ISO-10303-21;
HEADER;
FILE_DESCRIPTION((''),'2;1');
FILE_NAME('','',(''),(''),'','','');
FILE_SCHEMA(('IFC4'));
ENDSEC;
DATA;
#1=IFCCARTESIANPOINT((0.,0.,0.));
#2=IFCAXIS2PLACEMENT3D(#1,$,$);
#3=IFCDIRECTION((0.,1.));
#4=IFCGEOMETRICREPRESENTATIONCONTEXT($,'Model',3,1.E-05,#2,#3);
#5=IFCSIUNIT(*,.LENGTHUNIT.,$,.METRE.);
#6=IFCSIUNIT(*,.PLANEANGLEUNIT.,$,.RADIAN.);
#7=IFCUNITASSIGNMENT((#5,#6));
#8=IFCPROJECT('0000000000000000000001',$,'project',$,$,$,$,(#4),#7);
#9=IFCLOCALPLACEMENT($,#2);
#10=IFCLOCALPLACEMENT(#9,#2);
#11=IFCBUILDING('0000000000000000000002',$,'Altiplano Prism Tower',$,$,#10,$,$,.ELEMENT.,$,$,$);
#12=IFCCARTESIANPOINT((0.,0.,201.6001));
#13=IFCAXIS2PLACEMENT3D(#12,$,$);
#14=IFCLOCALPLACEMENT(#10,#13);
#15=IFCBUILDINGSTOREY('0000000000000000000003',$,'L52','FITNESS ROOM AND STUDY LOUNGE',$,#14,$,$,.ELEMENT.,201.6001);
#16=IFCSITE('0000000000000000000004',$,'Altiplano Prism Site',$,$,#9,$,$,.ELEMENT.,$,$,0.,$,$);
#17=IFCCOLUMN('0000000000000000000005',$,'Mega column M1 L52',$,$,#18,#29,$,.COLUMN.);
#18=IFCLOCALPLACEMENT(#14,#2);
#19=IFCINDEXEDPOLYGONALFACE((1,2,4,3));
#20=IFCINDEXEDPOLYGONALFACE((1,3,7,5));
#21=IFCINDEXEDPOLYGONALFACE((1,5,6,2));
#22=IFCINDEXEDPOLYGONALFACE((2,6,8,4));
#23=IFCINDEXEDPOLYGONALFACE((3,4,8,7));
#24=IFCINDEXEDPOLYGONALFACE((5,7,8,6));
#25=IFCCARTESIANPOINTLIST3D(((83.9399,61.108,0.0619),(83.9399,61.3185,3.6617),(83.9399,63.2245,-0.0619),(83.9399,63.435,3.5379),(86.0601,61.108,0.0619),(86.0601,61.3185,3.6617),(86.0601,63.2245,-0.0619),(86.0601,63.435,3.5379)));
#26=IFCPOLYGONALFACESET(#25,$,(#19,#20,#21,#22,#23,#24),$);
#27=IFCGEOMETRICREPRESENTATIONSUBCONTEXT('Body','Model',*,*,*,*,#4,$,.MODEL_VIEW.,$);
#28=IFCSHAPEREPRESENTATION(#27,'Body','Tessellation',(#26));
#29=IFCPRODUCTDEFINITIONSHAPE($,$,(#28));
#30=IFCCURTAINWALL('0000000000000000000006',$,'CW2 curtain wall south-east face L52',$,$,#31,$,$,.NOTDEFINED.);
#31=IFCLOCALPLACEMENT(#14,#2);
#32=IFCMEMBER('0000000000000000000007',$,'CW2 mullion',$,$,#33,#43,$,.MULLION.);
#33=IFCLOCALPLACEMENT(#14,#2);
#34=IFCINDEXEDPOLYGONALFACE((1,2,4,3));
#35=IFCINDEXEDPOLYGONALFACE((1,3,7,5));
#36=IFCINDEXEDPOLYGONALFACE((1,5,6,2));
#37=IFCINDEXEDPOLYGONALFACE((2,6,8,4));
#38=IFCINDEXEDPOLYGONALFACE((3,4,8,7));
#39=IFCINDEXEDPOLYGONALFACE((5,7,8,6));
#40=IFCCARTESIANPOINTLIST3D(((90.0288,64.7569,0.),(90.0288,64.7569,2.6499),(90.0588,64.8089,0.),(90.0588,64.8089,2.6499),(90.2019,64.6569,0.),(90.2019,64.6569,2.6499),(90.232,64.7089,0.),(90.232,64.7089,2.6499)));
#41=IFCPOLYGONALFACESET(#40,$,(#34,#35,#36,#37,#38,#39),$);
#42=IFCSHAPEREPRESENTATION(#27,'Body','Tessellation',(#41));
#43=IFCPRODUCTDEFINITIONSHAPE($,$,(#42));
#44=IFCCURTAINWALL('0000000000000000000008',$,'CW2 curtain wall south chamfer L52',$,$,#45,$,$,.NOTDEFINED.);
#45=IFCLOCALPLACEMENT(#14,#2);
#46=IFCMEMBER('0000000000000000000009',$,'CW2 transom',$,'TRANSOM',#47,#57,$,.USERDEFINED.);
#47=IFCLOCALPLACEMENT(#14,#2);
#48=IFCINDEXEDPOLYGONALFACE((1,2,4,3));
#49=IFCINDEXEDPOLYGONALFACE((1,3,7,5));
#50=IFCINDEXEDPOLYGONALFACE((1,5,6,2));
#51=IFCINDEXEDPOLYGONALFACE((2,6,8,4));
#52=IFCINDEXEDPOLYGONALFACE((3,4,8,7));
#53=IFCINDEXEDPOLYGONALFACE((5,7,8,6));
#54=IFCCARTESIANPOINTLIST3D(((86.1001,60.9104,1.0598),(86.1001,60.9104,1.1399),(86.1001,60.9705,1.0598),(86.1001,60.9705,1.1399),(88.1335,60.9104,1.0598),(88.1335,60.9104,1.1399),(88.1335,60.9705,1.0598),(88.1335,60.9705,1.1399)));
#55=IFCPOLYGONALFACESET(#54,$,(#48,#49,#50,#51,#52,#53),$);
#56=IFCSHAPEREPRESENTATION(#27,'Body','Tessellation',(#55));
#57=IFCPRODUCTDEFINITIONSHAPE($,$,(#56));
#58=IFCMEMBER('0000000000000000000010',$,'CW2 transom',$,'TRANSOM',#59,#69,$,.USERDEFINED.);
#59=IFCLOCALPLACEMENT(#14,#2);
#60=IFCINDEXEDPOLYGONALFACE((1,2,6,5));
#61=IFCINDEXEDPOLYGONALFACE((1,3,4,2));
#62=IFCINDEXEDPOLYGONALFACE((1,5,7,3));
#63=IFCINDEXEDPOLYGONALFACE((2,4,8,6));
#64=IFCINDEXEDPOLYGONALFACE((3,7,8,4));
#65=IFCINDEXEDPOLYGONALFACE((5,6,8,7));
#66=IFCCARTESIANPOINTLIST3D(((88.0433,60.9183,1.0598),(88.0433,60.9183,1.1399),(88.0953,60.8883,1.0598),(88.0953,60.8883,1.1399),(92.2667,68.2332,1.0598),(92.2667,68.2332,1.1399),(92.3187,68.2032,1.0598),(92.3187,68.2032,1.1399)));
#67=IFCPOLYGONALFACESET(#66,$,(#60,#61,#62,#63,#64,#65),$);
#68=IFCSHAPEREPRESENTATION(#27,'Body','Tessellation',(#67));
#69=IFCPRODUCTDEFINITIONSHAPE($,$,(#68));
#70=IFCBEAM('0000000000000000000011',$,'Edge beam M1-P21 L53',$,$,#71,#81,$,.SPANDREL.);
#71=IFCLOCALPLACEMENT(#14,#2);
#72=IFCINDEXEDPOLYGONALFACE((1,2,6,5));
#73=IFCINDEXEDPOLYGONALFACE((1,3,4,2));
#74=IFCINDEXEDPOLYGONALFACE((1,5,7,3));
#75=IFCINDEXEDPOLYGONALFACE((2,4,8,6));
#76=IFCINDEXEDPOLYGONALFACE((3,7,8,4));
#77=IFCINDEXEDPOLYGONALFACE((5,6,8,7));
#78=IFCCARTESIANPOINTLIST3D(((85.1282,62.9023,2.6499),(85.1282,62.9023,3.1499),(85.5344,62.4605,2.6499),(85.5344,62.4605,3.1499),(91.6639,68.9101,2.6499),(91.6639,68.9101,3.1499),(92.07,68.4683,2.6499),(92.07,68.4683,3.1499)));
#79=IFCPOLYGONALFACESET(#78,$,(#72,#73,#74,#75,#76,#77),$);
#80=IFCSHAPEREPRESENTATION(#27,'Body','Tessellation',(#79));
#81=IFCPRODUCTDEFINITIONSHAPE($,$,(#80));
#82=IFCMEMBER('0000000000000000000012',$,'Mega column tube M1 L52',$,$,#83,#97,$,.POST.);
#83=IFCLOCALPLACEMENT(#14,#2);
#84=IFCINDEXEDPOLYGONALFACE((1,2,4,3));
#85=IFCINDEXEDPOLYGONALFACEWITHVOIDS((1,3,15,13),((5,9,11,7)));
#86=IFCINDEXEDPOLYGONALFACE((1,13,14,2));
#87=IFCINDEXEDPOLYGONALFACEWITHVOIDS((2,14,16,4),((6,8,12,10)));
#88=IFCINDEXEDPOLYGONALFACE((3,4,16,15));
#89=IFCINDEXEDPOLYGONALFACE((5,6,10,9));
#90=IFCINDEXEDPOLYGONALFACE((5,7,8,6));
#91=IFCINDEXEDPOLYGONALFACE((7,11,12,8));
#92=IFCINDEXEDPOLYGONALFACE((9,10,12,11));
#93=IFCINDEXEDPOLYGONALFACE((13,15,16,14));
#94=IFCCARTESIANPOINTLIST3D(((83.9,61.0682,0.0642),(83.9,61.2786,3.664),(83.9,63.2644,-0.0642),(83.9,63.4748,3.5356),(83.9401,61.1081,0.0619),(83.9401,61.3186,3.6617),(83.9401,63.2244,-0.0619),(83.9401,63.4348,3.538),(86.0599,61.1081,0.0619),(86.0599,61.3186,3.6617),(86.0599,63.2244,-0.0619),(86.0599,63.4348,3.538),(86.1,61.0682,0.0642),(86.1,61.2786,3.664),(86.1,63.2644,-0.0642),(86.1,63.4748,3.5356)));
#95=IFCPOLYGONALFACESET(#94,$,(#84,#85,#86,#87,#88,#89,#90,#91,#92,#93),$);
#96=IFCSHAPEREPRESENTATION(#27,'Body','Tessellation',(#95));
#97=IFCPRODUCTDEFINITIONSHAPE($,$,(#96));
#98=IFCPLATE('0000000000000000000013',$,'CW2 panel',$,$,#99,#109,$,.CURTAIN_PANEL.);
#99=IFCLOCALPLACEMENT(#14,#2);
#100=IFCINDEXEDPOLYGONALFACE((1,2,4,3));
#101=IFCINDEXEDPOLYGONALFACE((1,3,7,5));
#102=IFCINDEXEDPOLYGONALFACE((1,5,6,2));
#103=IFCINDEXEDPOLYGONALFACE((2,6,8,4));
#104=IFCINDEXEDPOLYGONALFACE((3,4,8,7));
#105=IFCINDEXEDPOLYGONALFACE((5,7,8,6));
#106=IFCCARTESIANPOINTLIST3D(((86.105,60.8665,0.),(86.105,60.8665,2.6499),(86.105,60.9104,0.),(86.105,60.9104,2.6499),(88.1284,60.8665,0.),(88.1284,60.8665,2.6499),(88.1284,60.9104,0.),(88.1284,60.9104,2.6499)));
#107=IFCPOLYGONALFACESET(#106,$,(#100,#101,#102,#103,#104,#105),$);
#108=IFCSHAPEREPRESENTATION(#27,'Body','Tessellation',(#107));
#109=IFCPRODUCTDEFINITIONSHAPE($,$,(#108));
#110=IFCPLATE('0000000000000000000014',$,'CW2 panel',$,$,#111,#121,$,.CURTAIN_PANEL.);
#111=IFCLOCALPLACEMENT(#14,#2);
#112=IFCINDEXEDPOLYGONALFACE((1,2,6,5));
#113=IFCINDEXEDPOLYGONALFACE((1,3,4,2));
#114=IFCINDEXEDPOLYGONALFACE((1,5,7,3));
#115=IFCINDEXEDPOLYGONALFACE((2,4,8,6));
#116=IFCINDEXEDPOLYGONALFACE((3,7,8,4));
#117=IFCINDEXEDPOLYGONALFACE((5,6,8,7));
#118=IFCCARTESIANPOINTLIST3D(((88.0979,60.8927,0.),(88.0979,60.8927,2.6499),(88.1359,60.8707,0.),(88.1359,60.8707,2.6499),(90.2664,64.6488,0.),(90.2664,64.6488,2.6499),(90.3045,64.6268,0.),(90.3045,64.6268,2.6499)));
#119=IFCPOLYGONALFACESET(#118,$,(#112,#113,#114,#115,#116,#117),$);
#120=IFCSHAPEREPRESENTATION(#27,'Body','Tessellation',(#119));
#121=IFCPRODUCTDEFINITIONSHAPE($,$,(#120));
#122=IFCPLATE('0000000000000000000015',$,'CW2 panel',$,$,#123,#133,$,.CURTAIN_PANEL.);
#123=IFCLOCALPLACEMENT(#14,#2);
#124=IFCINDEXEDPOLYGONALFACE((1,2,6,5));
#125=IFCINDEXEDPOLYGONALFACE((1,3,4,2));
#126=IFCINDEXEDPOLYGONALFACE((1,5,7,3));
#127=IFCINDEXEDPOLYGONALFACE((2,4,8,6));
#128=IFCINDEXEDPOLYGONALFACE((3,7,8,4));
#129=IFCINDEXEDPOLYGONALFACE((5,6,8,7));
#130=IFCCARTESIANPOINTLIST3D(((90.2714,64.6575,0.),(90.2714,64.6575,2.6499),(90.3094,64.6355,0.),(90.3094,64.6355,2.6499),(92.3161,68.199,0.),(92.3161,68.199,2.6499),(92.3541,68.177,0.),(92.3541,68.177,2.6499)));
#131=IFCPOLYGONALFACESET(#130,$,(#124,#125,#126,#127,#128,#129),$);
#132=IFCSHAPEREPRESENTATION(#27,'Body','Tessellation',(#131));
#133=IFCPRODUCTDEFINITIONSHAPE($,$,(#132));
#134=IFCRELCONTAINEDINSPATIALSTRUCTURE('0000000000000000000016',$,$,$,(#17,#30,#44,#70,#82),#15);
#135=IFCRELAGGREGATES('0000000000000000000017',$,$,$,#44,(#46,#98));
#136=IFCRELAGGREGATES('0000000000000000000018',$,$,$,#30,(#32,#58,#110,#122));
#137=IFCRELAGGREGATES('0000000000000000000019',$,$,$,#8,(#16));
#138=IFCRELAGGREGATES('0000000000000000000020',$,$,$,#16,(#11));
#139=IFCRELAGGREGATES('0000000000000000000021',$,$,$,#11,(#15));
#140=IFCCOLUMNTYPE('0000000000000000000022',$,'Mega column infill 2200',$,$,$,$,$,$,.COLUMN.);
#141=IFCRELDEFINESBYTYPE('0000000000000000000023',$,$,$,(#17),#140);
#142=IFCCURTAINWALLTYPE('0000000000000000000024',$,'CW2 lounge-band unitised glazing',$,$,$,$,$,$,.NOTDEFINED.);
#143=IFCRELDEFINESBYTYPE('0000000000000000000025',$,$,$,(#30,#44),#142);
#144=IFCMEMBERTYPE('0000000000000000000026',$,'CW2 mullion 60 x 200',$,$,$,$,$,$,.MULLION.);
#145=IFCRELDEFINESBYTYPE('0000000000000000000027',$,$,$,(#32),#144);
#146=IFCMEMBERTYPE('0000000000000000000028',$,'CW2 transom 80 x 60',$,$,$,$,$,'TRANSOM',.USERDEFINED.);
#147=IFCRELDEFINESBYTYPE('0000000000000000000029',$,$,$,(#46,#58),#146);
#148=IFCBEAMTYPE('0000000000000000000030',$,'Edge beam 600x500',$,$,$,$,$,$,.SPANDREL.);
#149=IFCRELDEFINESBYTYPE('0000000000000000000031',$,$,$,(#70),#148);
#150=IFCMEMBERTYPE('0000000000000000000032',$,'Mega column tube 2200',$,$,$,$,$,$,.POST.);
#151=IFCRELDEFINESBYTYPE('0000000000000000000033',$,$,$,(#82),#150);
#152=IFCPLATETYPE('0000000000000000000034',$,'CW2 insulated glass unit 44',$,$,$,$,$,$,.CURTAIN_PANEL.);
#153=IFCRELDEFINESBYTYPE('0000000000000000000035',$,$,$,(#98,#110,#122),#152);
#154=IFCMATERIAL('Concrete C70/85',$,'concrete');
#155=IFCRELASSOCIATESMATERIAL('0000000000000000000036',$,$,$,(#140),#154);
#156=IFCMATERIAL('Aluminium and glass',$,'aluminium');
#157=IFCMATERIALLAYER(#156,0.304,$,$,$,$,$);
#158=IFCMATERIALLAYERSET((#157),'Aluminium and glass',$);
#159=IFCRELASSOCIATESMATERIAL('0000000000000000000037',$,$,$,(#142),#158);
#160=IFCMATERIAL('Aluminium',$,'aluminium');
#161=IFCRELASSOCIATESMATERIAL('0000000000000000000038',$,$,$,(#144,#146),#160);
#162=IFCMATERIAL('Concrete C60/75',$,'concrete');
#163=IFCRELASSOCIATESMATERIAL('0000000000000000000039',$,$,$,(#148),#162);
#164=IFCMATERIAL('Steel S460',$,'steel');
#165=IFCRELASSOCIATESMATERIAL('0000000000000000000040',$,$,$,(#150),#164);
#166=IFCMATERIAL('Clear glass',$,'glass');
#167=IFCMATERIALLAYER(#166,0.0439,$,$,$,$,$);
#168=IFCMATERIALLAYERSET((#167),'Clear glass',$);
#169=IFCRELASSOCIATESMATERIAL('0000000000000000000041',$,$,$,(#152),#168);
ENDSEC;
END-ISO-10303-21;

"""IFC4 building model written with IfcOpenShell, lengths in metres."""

from ifc_helpers import new_model, si_unit, direction, frame, origin, origin_2d, place, context, subcontext, project, spatial, rectangle, hollow_rectangle, extrude, material, layer, layer_set, material_profile, profile_set, type_object, element, aggregate, save


model = new_model("IFC4")

# Units and contexts
model_context = context("Model", 3, precision=1e-05, world=origin(), true_north=direction((0.0, 1.0)))
body_context = subcontext(model_context, "Body", "Model", "MODEL_VIEW")
ifc_project = project(units=[si_unit("LENGTHUNIT", "METRE"), si_unit("PLANEANGLEUNIT", "RADIAN")], contexts=[model_context])

# Site, building, storey
site_placement = place(None, origin())
site = spatial("IfcSite", under=ifc_project, at=site_placement, Name="Altiplano Prism Site", CompositionType="ELEMENT", RefElevation=0.0)
building_placement = place(site_placement, origin())
building = spatial("IfcBuilding", under=site, at=building_placement, Name="Altiplano Prism Tower", CompositionType="ELEMENT")
storey_placement = place(building_placement, frame((0.0, 0.0, 201.6001)))
storey = spatial("IfcBuildingStorey", under=building, at=storey_placement, Name="L52", Description="FITNESS ROOM AND STUDY LOUNGE", CompositionType="ELEMENT", Elevation=201.6001)

# Column
ifc_material_1 = material(Name="Concrete C70/85", Category="concrete")
ifc_material_profile_1 = material_profile(ifc_material_1, rectangle(XDim=2.1201, YDim=2.1201, at=origin_2d()), Name="Mega column infill 2200")
ifc_profile_set_1 = profile_set([ifc_material_profile_1], Name="Concrete C70/85")
column_type = type_object("IfcColumnType", Name="Mega column infill 2200", PredefinedType="COLUMN", material=ifc_profile_set_1)
column_placement = place(storey_placement, frame((85.0, 62.1663, 0.0), z_axis=(0.0, 0.058361, 0.998296), x_axis=(-1.0, 0.0, 0.0)))
element("IfcColumn", 1, at=column_placement, inside=storey, type_object=column_type, Name="Mega column M1 L52", PredefinedType="COLUMN", context=body_context, shape_type="SweptSolid", body=[
    extrude(rectangle(XDim=2.1201, YDim=2.1201, at=origin_2d()), origin(), (0.0, 0.0, 1.0), 3.606),
])

# Curtain walls, members
ifc_material_2 = material(Name="Aluminium and glass", Category="aluminium")
ifc_layer_1 = layer(ifc_material_2, 0.304)
ifc_layer_set_1 = layer_set([ifc_layer_1], Name="Aluminium and glass")
curtain_wall_type = type_object("IfcCurtainWallType", Name="CW2 lounge-band unitised glazing", PredefinedType="NOTDEFINED", material=ifc_layer_set_1)
curtain_wall_1_placement = place(storey_placement, origin())
curtain_wall_1 = element("IfcCurtainWall", 2, at=curtain_wall_1_placement, inside=storey, type_object=curtain_wall_type, Name="CW2 curtain wall south-east face L52", PredefinedType="NOTDEFINED")
ifc_material_3 = material(Name="Aluminium", Category="aluminium")
ifc_material_profile_2 = material_profile(ifc_material_3, rectangle(XDim=0.2, YDim=0.0601, at=origin_2d()), Name="CW2 mullion 60 x 200")
ifc_profile_set_2 = profile_set([ifc_material_profile_2], Name="Aluminium")
member_type_1 = type_object("IfcMemberType", Name="CW2 mullion 60 x 200", PredefinedType="MULLION", material=ifc_profile_set_2)
member_1_placement = place(storey_placement, frame((90.1304, 64.7329, 0.0), z_axis=(0.0, 0.0, 1.0), x_axis=(-0.866025, 0.5, 0.0)))
member_1 = element("IfcMember", 3, at=member_1_placement, type_object=member_type_1, Name="CW2 mullion", PredefinedType="MULLION", context=body_context, shape_type="SweptSolid", body=[
    extrude(rectangle(XDim=0.2, YDim=0.0601, at=origin_2d()), origin(), (0.0, 0.0, 1.0), 2.6499),
])
curtain_wall_2_placement = place(storey_placement, origin())
curtain_wall_2 = element("IfcCurtainWall", 4, at=curtain_wall_2_placement, inside=storey, type_object=curtain_wall_type, Name="CW2 curtain wall south chamfer L52", PredefinedType="NOTDEFINED")
ifc_material_profile_3 = material_profile(ifc_material_3, rectangle(XDim=0.0601, YDim=0.0801, at=origin_2d()), Name="CW2 transom 80 x 60")
ifc_profile_set_3 = profile_set([ifc_material_profile_3], Name="Aluminium")
member_type_2 = type_object("IfcMemberType", Name="CW2 transom 80 x 60", ElementType="TRANSOM", PredefinedType="USERDEFINED", material=ifc_profile_set_3)
member_2_placement = place(storey_placement, frame((86.1001, 60.9404, 1.0999), z_axis=(1.0, 0.0, 0.0), x_axis=(0.0, 1.0, 0.0)))
member_2 = element("IfcMember", 5, at=member_2_placement, type_object=member_type_2, Name="CW2 transom", ObjectType="TRANSOM", PredefinedType="USERDEFINED", context=body_context, shape_type="SweptSolid", body=[
    extrude(rectangle(XDim=0.0601, YDim=0.0801, at=origin_2d()), origin(), (0.0, 0.0, 1.0), 2.0334),
])

# Member
member_3_placement = place(storey_placement, frame((88.0693, 60.9033, 1.0999), z_axis=(0.500009, 0.86602, 0.0), x_axis=(-0.86602, 0.500009, 0.0)))
member_3 = element("IfcMember", 6, at=member_3_placement, type_object=member_type_2, Name="CW2 transom", ObjectType="TRANSOM", PredefinedType="USERDEFINED", context=body_context, shape_type="SweptSolid", body=[
    extrude(rectangle(XDim=0.0601, YDim=0.0801, at=origin_2d()), origin(), (0.0, 0.0, 1.0), 8.4465),
])

# Beam
ifc_material_4 = material(Name="Concrete C60/75", Category="concrete")
ifc_material_profile_4 = material_profile(ifc_material_4, rectangle(XDim=0.6001, YDim=0.5, at=origin_2d()), Name="Edge beam 600x500")
ifc_profile_set_4 = profile_set([ifc_material_profile_4], Name="Concrete C60/75")
beam_type = type_object("IfcBeamType", Name="Edge beam 600x500", PredefinedType="SPANDREL", material=ifc_profile_set_4)
beam_placement = place(storey_placement, frame((85.3313, 62.6814, 2.8999), z_axis=(0.73621, 0.676753, 0.0), x_axis=(-0.676753, 0.73621, 0.0)))
element("IfcBeam", 7, at=beam_placement, inside=storey, type_object=beam_type, Name="Edge beam M1-P21 L53", PredefinedType="SPANDREL", context=body_context, shape_type="SweptSolid", body=[
    extrude(rectangle(XDim=0.6001, YDim=0.5, at=origin_2d()), origin(), (0.0, 0.0, 1.0), 8.8774),
])

# Member
ifc_material_5 = material(Name="Steel S460", Category="steel")
ifc_material_profile_5 = material_profile(ifc_material_5, hollow_rectangle(XDim=2.2, YDim=2.2, WallThickness=0.04, at=origin_2d()), Name="Mega column tube 2200")
ifc_profile_set_5 = profile_set([ifc_material_profile_5], Name="Steel S460")
member_type_3 = type_object("IfcMemberType", Name="Mega column tube 2200", PredefinedType="POST", material=ifc_profile_set_5)
member_4_placement = place(storey_placement, frame((85.0, 62.1663, 0.0), z_axis=(0.0, 0.058361, 0.998296), x_axis=(-1.0, 0.0, 0.0)))
element("IfcMember", 8, at=member_4_placement, inside=storey, type_object=member_type_3, Name="Mega column tube M1 L52", PredefinedType="POST", context=body_context, shape_type="SweptSolid", body=[
    extrude(hollow_rectangle(XDim=2.2, YDim=2.2, WallThickness=0.04, at=origin_2d()), origin(), (0.0, 0.0, 1.0), 3.606),
])

# Plates
ifc_material_6 = material(Name="Clear glass", Category="glass")
ifc_layer_2 = layer(ifc_material_6, 0.0439)
ifc_layer_set_2 = layer_set([ifc_layer_2], Name="Clear glass")
plate_type = type_object("IfcPlateType", Name="CW2 insulated glass unit 44", PredefinedType="CURTAIN_PANEL", material=ifc_layer_set_2)
plate_1_placement = place(storey_placement, frame((87.1167, 60.8884, 0.0), z_axis=(0.0, 0.0, 1.0), x_axis=(1.0, 0.0, 0.0)))
plate_1 = element("IfcPlate", 9, at=plate_1_placement, type_object=plate_type, Name="CW2 panel", PredefinedType="CURTAIN_PANEL", context=body_context, shape_type="SweptSolid", body=[
    extrude(rectangle(XDim=2.0234, YDim=0.0439, at=origin_2d()), origin(), (0.0, 0.0, 1.0), 2.6499),
])
aggregate(curtain_wall_2, [member_2, plate_1])
plate_2_placement = place(storey_placement, frame((89.2012, 62.7598, 0.0), z_axis=(0.0, 0.0, 1.0), x_axis=(0.5, 0.866025, 0.0)))
plate_2 = element("IfcPlate", 10, at=plate_2_placement, type_object=plate_type, Name="CW2 panel", PredefinedType="CURTAIN_PANEL", context=body_context, shape_type="SweptSolid", body=[
    extrude(rectangle(XDim=4.3372, YDim=0.0439, at=origin_2d()), origin(), (0.0, 0.0, 1.0), 2.6499),
])
plate_3_placement = place(storey_placement, frame((91.3127, 66.4172, 0.0), z_axis=(0.0, 0.0, 1.0), x_axis=(0.5, 0.866025, 0.0)))
plate_3 = element("IfcPlate", 11, at=plate_3_placement, type_object=plate_type, Name="CW2 panel", PredefinedType="CURTAIN_PANEL", context=body_context, shape_type="SweptSolid", body=[
    extrude(rectangle(XDim=4.0894, YDim=0.0439, at=origin_2d()), origin(), (0.0, 0.0, 1.0), 2.6499),
])
aggregate(curtain_wall_1, [member_1, member_3, plate_2, plate_3])

save(model, "model.ifc")
